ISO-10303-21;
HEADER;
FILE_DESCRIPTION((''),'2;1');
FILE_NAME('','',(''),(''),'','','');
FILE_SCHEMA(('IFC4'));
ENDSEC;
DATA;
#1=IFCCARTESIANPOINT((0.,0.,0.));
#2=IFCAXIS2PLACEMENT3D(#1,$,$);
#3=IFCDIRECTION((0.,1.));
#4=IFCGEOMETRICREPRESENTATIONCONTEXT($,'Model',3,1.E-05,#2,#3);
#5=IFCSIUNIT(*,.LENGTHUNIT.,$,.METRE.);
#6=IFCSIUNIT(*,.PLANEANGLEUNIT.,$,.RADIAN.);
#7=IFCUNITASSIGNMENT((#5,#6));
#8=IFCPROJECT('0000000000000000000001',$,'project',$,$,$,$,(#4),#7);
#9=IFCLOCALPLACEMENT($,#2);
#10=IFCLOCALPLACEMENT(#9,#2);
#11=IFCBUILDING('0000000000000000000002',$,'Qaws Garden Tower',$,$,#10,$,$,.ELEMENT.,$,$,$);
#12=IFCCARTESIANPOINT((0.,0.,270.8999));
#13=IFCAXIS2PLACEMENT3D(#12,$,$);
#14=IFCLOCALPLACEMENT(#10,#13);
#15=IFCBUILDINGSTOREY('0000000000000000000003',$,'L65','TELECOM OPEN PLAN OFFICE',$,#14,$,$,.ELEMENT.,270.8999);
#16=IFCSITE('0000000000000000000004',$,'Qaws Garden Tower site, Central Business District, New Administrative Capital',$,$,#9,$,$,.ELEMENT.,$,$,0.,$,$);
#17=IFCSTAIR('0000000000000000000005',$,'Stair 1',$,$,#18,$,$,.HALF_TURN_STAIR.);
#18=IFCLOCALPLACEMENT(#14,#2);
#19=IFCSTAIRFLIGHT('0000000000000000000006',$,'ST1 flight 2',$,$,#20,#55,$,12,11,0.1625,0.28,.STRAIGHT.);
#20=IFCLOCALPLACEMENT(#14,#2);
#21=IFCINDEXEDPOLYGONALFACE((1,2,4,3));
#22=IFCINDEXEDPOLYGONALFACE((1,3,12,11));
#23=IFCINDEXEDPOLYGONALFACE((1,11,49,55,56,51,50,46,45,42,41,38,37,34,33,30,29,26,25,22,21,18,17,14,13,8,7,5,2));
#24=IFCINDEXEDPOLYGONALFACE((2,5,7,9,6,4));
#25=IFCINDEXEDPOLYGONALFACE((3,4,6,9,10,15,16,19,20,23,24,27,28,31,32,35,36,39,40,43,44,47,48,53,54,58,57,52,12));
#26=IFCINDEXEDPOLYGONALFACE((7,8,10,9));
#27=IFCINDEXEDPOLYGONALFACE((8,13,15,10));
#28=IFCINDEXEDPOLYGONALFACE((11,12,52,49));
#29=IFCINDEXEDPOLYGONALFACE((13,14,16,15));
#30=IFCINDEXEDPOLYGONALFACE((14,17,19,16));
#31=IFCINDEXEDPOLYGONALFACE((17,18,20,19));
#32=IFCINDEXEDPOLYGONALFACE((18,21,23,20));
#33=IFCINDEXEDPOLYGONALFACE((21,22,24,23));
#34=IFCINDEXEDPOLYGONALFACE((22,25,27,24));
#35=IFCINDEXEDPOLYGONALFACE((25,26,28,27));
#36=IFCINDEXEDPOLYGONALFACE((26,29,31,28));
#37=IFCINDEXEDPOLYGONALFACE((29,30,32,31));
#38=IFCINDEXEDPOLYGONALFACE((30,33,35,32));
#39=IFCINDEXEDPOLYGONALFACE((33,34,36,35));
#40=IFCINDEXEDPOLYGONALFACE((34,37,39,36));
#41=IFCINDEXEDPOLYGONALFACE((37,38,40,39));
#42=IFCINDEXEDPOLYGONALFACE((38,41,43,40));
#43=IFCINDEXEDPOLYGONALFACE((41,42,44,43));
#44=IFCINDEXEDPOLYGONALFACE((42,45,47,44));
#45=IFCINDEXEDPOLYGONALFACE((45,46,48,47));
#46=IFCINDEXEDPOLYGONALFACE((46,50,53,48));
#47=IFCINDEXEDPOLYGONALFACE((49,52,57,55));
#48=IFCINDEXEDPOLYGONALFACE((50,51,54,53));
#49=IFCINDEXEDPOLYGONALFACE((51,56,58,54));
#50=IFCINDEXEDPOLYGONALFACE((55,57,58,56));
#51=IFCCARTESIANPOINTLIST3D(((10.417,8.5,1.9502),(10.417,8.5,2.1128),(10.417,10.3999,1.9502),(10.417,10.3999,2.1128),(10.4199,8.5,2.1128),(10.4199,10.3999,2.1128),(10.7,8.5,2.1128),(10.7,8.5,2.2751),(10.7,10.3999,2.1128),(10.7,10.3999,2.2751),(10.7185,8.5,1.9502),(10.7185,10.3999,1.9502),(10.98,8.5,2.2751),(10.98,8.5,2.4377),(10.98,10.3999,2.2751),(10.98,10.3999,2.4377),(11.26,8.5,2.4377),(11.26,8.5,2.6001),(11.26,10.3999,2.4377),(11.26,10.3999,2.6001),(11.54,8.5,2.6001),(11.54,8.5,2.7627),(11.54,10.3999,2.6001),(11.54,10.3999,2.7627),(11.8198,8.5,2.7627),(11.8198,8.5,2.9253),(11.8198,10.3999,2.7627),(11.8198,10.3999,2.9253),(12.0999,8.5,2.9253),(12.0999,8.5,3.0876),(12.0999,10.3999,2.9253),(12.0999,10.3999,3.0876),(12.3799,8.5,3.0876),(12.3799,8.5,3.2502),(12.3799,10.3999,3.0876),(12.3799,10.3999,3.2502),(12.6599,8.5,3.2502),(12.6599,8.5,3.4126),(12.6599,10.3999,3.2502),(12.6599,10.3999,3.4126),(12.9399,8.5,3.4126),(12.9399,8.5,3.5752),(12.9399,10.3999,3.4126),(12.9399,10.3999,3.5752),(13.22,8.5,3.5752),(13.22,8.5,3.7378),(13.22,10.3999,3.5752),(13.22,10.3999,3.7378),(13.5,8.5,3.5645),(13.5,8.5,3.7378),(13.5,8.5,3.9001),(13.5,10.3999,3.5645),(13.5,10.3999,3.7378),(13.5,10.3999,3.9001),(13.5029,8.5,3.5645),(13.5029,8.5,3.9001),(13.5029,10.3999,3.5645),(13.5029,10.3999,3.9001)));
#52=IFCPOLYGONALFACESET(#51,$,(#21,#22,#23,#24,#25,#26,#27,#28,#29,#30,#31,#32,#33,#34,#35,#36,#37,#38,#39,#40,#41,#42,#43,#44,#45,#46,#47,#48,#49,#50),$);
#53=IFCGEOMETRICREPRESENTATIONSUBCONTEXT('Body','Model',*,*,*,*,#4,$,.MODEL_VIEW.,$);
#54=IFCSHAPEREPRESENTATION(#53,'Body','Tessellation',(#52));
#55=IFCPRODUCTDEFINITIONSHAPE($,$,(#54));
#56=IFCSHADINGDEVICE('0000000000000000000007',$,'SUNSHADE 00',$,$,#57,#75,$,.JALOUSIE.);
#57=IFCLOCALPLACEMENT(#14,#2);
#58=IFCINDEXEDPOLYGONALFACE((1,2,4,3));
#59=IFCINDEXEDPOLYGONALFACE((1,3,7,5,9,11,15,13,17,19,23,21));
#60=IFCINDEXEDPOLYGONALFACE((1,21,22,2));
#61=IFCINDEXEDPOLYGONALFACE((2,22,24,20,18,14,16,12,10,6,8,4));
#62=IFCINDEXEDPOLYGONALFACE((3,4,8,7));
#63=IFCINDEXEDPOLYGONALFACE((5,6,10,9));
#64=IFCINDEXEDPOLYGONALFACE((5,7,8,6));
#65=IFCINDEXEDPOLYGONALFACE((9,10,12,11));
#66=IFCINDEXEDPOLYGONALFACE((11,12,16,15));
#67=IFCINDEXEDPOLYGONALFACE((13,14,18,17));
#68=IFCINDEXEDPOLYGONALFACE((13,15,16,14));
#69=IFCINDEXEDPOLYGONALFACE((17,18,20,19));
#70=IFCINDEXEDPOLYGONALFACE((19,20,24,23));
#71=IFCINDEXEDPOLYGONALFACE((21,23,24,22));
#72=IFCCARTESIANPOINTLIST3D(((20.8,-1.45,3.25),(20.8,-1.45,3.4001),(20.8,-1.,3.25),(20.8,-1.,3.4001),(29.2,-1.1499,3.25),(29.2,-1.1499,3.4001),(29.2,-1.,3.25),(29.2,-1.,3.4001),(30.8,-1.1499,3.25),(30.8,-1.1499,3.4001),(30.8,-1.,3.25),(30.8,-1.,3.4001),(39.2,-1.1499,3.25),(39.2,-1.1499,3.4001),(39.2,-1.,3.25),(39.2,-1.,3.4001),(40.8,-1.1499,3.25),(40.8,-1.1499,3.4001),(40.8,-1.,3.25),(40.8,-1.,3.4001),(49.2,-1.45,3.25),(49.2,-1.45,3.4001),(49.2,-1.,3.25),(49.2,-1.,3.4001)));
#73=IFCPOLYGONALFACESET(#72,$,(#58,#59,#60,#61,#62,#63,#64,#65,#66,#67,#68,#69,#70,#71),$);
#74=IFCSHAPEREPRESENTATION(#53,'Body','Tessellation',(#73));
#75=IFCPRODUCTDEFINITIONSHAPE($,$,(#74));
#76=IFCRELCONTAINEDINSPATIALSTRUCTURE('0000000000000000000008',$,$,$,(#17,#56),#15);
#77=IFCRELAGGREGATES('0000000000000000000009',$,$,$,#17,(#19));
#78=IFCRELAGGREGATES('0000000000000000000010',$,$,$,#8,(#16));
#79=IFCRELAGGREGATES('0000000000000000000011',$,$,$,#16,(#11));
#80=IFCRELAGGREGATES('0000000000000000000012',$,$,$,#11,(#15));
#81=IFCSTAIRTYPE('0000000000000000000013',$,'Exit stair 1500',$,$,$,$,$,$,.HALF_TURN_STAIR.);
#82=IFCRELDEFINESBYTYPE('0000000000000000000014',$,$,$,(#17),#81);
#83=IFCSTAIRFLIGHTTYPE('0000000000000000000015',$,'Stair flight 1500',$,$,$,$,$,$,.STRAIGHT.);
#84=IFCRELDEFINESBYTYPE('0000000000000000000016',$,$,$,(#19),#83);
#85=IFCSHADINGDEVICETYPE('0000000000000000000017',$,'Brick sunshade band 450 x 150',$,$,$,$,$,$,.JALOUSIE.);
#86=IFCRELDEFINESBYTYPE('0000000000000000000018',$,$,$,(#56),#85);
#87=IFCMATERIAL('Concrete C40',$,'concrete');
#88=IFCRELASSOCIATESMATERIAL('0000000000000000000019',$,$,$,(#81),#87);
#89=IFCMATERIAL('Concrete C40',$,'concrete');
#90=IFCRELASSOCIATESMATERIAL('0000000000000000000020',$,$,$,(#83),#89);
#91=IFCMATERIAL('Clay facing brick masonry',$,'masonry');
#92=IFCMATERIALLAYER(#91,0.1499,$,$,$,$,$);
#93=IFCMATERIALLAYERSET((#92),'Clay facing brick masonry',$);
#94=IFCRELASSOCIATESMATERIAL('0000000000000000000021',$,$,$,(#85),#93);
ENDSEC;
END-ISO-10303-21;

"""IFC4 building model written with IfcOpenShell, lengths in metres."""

from ifc_helpers import new_model, si_unit, direction, frame, origin, place, context, subcontext, project, spatial, polyline, outline, extrude, material, layer, layer_set, type_object, element, aggregate, save


model = new_model("IFC4")

# Units and contexts
model_context = context("Model", 3, precision=1e-05, world=origin(), true_north=direction((0.0, 1.0)))
body_context = subcontext(model_context, "Body", "Model", "MODEL_VIEW")
ifc_project = project(units=[si_unit("LENGTHUNIT", "METRE"), si_unit("PLANEANGLEUNIT", "RADIAN")], contexts=[model_context])

# Site, building, storey
site_placement = place(None, origin())
site = spatial("IfcSite", under=ifc_project, at=site_placement, Name="Qaws Garden Tower site, Central Business District, New Administrative Capital", CompositionType="ELEMENT", RefElevation=0.0)
building_placement = place(site_placement, origin())
building = spatial("IfcBuilding", under=site, at=building_placement, Name="Qaws Garden Tower", CompositionType="ELEMENT")
storey_placement = place(building_placement, frame((0.0, 0.0, 270.8999)))
storey = spatial("IfcBuildingStorey", under=building, at=storey_placement, Name="L65", Description="TELECOM OPEN PLAN OFFICE", CompositionType="ELEMENT", Elevation=270.8999)

# Stair
ifc_material_1 = material(Name="Concrete C40", Category="concrete")
stair_type_1 = type_object("IfcStairType", Name="Exit stair 1500", PredefinedType="HALF_TURN_STAIR", material=ifc_material_1)
placement_1 = place(storey_placement, origin())
stair_1 = element("IfcStair", 1, at=placement_1, inside=storey, type_object=stair_type_1, Name="Stair 1", PredefinedType="HALF_TURN_STAIR")

# Stair flight
ifc_material_2 = material(Name="Concrete C40", Category="concrete")
stair_flight_type = type_object("IfcStairFlightType", Name="Stair flight 1500", PredefinedType="STRAIGHT", material=ifc_material_2)
stair_flight_placement = place(storey_placement, frame((10.4199, 9.45, 1.9502), z_axis=(0.0, 0.0, 1.0), x_axis=(1.0, 0.0, 0.0)))
stair_flight = element("IfcStairFlight", 2, at=stair_flight_placement, type_object=stair_flight_type, Name="ST1 flight 2", NumberOfRisers=12, NumberOfTreads=11, PredefinedType="STRAIGHT", RiserHeight=0.1625, TreadLength=0.28, context=body_context, shape_type="SweptSolid", body=[
    extrude(outline(polyline([(-0.0029, 0.0), (-0.0029, 0.1626), (0.0, 0.1626), (0.28, 0.1626), (0.28, 0.325), (0.5601, 0.325), (0.5601, 0.4875), (0.8401, 0.4875), (0.8401, 0.6499), (1.1201, 0.6499), (1.1201, 0.8125), (1.3999, 0.8125), (1.3999, 0.9751), (1.6799, 0.9751), (1.6799, 1.1375), (1.96, 1.1375), (1.96, 1.3), (2.24, 1.3), (2.24, 1.4624), (2.52, 1.4624), (2.52, 1.625), (2.8, 1.625), (2.8, 1.7876), (3.0801, 1.7876), (3.0801, 1.95), (3.083, 1.95), (3.083, 1.6143), (3.0801, 1.6143), (0.2986, 0.0), (-0.0029, 0.0)])), frame((0.0, 0.95, 0.0), z_axis=(0.0, -1.0, 0.0), x_axis=(1.0, 0.0, 0.0)), (0.0, 0.0, 1.0), 1.8999),
])
aggregate(stair_1, [stair_flight])

# Shading device
ifc_material_3 = material(Name="Clay facing brick masonry", Category="masonry")
ifc_layer_1 = layer(ifc_material_3, 0.1499)
ifc_layer_set_1 = layer_set([ifc_layer_1], Name="Clay facing brick masonry")
shading_device_type = type_object("IfcShadingDeviceType", Name="Brick sunshade band 450 x 150", PredefinedType="JALOUSIE", material=ifc_layer_set_1)
shading_device_placement = place(storey_placement, frame((0.0, 0.0, 3.25)))
element("IfcShadingDevice", 3, at=shading_device_placement, inside=storey, type_object=shading_device_type, Name="SUNSHADE 00", PredefinedType="JALOUSIE", context=body_context, shape_type="SweptSolid", body=[
    extrude(outline(polyline([(20.8, -1.0), (20.8, -1.45), (49.2, -1.45), (49.2, -1.0), (40.8, -1.0), (40.8, -1.1499), (39.2, -1.1499), (39.2, -1.0), (30.8, -1.0), (30.8, -1.1499), (29.2, -1.1499), (29.2, -1.0), (20.8, -1.0)])), origin(), (0.0, 0.0, 1.0), 0.1501),
])

save(model, "model.ifc")
